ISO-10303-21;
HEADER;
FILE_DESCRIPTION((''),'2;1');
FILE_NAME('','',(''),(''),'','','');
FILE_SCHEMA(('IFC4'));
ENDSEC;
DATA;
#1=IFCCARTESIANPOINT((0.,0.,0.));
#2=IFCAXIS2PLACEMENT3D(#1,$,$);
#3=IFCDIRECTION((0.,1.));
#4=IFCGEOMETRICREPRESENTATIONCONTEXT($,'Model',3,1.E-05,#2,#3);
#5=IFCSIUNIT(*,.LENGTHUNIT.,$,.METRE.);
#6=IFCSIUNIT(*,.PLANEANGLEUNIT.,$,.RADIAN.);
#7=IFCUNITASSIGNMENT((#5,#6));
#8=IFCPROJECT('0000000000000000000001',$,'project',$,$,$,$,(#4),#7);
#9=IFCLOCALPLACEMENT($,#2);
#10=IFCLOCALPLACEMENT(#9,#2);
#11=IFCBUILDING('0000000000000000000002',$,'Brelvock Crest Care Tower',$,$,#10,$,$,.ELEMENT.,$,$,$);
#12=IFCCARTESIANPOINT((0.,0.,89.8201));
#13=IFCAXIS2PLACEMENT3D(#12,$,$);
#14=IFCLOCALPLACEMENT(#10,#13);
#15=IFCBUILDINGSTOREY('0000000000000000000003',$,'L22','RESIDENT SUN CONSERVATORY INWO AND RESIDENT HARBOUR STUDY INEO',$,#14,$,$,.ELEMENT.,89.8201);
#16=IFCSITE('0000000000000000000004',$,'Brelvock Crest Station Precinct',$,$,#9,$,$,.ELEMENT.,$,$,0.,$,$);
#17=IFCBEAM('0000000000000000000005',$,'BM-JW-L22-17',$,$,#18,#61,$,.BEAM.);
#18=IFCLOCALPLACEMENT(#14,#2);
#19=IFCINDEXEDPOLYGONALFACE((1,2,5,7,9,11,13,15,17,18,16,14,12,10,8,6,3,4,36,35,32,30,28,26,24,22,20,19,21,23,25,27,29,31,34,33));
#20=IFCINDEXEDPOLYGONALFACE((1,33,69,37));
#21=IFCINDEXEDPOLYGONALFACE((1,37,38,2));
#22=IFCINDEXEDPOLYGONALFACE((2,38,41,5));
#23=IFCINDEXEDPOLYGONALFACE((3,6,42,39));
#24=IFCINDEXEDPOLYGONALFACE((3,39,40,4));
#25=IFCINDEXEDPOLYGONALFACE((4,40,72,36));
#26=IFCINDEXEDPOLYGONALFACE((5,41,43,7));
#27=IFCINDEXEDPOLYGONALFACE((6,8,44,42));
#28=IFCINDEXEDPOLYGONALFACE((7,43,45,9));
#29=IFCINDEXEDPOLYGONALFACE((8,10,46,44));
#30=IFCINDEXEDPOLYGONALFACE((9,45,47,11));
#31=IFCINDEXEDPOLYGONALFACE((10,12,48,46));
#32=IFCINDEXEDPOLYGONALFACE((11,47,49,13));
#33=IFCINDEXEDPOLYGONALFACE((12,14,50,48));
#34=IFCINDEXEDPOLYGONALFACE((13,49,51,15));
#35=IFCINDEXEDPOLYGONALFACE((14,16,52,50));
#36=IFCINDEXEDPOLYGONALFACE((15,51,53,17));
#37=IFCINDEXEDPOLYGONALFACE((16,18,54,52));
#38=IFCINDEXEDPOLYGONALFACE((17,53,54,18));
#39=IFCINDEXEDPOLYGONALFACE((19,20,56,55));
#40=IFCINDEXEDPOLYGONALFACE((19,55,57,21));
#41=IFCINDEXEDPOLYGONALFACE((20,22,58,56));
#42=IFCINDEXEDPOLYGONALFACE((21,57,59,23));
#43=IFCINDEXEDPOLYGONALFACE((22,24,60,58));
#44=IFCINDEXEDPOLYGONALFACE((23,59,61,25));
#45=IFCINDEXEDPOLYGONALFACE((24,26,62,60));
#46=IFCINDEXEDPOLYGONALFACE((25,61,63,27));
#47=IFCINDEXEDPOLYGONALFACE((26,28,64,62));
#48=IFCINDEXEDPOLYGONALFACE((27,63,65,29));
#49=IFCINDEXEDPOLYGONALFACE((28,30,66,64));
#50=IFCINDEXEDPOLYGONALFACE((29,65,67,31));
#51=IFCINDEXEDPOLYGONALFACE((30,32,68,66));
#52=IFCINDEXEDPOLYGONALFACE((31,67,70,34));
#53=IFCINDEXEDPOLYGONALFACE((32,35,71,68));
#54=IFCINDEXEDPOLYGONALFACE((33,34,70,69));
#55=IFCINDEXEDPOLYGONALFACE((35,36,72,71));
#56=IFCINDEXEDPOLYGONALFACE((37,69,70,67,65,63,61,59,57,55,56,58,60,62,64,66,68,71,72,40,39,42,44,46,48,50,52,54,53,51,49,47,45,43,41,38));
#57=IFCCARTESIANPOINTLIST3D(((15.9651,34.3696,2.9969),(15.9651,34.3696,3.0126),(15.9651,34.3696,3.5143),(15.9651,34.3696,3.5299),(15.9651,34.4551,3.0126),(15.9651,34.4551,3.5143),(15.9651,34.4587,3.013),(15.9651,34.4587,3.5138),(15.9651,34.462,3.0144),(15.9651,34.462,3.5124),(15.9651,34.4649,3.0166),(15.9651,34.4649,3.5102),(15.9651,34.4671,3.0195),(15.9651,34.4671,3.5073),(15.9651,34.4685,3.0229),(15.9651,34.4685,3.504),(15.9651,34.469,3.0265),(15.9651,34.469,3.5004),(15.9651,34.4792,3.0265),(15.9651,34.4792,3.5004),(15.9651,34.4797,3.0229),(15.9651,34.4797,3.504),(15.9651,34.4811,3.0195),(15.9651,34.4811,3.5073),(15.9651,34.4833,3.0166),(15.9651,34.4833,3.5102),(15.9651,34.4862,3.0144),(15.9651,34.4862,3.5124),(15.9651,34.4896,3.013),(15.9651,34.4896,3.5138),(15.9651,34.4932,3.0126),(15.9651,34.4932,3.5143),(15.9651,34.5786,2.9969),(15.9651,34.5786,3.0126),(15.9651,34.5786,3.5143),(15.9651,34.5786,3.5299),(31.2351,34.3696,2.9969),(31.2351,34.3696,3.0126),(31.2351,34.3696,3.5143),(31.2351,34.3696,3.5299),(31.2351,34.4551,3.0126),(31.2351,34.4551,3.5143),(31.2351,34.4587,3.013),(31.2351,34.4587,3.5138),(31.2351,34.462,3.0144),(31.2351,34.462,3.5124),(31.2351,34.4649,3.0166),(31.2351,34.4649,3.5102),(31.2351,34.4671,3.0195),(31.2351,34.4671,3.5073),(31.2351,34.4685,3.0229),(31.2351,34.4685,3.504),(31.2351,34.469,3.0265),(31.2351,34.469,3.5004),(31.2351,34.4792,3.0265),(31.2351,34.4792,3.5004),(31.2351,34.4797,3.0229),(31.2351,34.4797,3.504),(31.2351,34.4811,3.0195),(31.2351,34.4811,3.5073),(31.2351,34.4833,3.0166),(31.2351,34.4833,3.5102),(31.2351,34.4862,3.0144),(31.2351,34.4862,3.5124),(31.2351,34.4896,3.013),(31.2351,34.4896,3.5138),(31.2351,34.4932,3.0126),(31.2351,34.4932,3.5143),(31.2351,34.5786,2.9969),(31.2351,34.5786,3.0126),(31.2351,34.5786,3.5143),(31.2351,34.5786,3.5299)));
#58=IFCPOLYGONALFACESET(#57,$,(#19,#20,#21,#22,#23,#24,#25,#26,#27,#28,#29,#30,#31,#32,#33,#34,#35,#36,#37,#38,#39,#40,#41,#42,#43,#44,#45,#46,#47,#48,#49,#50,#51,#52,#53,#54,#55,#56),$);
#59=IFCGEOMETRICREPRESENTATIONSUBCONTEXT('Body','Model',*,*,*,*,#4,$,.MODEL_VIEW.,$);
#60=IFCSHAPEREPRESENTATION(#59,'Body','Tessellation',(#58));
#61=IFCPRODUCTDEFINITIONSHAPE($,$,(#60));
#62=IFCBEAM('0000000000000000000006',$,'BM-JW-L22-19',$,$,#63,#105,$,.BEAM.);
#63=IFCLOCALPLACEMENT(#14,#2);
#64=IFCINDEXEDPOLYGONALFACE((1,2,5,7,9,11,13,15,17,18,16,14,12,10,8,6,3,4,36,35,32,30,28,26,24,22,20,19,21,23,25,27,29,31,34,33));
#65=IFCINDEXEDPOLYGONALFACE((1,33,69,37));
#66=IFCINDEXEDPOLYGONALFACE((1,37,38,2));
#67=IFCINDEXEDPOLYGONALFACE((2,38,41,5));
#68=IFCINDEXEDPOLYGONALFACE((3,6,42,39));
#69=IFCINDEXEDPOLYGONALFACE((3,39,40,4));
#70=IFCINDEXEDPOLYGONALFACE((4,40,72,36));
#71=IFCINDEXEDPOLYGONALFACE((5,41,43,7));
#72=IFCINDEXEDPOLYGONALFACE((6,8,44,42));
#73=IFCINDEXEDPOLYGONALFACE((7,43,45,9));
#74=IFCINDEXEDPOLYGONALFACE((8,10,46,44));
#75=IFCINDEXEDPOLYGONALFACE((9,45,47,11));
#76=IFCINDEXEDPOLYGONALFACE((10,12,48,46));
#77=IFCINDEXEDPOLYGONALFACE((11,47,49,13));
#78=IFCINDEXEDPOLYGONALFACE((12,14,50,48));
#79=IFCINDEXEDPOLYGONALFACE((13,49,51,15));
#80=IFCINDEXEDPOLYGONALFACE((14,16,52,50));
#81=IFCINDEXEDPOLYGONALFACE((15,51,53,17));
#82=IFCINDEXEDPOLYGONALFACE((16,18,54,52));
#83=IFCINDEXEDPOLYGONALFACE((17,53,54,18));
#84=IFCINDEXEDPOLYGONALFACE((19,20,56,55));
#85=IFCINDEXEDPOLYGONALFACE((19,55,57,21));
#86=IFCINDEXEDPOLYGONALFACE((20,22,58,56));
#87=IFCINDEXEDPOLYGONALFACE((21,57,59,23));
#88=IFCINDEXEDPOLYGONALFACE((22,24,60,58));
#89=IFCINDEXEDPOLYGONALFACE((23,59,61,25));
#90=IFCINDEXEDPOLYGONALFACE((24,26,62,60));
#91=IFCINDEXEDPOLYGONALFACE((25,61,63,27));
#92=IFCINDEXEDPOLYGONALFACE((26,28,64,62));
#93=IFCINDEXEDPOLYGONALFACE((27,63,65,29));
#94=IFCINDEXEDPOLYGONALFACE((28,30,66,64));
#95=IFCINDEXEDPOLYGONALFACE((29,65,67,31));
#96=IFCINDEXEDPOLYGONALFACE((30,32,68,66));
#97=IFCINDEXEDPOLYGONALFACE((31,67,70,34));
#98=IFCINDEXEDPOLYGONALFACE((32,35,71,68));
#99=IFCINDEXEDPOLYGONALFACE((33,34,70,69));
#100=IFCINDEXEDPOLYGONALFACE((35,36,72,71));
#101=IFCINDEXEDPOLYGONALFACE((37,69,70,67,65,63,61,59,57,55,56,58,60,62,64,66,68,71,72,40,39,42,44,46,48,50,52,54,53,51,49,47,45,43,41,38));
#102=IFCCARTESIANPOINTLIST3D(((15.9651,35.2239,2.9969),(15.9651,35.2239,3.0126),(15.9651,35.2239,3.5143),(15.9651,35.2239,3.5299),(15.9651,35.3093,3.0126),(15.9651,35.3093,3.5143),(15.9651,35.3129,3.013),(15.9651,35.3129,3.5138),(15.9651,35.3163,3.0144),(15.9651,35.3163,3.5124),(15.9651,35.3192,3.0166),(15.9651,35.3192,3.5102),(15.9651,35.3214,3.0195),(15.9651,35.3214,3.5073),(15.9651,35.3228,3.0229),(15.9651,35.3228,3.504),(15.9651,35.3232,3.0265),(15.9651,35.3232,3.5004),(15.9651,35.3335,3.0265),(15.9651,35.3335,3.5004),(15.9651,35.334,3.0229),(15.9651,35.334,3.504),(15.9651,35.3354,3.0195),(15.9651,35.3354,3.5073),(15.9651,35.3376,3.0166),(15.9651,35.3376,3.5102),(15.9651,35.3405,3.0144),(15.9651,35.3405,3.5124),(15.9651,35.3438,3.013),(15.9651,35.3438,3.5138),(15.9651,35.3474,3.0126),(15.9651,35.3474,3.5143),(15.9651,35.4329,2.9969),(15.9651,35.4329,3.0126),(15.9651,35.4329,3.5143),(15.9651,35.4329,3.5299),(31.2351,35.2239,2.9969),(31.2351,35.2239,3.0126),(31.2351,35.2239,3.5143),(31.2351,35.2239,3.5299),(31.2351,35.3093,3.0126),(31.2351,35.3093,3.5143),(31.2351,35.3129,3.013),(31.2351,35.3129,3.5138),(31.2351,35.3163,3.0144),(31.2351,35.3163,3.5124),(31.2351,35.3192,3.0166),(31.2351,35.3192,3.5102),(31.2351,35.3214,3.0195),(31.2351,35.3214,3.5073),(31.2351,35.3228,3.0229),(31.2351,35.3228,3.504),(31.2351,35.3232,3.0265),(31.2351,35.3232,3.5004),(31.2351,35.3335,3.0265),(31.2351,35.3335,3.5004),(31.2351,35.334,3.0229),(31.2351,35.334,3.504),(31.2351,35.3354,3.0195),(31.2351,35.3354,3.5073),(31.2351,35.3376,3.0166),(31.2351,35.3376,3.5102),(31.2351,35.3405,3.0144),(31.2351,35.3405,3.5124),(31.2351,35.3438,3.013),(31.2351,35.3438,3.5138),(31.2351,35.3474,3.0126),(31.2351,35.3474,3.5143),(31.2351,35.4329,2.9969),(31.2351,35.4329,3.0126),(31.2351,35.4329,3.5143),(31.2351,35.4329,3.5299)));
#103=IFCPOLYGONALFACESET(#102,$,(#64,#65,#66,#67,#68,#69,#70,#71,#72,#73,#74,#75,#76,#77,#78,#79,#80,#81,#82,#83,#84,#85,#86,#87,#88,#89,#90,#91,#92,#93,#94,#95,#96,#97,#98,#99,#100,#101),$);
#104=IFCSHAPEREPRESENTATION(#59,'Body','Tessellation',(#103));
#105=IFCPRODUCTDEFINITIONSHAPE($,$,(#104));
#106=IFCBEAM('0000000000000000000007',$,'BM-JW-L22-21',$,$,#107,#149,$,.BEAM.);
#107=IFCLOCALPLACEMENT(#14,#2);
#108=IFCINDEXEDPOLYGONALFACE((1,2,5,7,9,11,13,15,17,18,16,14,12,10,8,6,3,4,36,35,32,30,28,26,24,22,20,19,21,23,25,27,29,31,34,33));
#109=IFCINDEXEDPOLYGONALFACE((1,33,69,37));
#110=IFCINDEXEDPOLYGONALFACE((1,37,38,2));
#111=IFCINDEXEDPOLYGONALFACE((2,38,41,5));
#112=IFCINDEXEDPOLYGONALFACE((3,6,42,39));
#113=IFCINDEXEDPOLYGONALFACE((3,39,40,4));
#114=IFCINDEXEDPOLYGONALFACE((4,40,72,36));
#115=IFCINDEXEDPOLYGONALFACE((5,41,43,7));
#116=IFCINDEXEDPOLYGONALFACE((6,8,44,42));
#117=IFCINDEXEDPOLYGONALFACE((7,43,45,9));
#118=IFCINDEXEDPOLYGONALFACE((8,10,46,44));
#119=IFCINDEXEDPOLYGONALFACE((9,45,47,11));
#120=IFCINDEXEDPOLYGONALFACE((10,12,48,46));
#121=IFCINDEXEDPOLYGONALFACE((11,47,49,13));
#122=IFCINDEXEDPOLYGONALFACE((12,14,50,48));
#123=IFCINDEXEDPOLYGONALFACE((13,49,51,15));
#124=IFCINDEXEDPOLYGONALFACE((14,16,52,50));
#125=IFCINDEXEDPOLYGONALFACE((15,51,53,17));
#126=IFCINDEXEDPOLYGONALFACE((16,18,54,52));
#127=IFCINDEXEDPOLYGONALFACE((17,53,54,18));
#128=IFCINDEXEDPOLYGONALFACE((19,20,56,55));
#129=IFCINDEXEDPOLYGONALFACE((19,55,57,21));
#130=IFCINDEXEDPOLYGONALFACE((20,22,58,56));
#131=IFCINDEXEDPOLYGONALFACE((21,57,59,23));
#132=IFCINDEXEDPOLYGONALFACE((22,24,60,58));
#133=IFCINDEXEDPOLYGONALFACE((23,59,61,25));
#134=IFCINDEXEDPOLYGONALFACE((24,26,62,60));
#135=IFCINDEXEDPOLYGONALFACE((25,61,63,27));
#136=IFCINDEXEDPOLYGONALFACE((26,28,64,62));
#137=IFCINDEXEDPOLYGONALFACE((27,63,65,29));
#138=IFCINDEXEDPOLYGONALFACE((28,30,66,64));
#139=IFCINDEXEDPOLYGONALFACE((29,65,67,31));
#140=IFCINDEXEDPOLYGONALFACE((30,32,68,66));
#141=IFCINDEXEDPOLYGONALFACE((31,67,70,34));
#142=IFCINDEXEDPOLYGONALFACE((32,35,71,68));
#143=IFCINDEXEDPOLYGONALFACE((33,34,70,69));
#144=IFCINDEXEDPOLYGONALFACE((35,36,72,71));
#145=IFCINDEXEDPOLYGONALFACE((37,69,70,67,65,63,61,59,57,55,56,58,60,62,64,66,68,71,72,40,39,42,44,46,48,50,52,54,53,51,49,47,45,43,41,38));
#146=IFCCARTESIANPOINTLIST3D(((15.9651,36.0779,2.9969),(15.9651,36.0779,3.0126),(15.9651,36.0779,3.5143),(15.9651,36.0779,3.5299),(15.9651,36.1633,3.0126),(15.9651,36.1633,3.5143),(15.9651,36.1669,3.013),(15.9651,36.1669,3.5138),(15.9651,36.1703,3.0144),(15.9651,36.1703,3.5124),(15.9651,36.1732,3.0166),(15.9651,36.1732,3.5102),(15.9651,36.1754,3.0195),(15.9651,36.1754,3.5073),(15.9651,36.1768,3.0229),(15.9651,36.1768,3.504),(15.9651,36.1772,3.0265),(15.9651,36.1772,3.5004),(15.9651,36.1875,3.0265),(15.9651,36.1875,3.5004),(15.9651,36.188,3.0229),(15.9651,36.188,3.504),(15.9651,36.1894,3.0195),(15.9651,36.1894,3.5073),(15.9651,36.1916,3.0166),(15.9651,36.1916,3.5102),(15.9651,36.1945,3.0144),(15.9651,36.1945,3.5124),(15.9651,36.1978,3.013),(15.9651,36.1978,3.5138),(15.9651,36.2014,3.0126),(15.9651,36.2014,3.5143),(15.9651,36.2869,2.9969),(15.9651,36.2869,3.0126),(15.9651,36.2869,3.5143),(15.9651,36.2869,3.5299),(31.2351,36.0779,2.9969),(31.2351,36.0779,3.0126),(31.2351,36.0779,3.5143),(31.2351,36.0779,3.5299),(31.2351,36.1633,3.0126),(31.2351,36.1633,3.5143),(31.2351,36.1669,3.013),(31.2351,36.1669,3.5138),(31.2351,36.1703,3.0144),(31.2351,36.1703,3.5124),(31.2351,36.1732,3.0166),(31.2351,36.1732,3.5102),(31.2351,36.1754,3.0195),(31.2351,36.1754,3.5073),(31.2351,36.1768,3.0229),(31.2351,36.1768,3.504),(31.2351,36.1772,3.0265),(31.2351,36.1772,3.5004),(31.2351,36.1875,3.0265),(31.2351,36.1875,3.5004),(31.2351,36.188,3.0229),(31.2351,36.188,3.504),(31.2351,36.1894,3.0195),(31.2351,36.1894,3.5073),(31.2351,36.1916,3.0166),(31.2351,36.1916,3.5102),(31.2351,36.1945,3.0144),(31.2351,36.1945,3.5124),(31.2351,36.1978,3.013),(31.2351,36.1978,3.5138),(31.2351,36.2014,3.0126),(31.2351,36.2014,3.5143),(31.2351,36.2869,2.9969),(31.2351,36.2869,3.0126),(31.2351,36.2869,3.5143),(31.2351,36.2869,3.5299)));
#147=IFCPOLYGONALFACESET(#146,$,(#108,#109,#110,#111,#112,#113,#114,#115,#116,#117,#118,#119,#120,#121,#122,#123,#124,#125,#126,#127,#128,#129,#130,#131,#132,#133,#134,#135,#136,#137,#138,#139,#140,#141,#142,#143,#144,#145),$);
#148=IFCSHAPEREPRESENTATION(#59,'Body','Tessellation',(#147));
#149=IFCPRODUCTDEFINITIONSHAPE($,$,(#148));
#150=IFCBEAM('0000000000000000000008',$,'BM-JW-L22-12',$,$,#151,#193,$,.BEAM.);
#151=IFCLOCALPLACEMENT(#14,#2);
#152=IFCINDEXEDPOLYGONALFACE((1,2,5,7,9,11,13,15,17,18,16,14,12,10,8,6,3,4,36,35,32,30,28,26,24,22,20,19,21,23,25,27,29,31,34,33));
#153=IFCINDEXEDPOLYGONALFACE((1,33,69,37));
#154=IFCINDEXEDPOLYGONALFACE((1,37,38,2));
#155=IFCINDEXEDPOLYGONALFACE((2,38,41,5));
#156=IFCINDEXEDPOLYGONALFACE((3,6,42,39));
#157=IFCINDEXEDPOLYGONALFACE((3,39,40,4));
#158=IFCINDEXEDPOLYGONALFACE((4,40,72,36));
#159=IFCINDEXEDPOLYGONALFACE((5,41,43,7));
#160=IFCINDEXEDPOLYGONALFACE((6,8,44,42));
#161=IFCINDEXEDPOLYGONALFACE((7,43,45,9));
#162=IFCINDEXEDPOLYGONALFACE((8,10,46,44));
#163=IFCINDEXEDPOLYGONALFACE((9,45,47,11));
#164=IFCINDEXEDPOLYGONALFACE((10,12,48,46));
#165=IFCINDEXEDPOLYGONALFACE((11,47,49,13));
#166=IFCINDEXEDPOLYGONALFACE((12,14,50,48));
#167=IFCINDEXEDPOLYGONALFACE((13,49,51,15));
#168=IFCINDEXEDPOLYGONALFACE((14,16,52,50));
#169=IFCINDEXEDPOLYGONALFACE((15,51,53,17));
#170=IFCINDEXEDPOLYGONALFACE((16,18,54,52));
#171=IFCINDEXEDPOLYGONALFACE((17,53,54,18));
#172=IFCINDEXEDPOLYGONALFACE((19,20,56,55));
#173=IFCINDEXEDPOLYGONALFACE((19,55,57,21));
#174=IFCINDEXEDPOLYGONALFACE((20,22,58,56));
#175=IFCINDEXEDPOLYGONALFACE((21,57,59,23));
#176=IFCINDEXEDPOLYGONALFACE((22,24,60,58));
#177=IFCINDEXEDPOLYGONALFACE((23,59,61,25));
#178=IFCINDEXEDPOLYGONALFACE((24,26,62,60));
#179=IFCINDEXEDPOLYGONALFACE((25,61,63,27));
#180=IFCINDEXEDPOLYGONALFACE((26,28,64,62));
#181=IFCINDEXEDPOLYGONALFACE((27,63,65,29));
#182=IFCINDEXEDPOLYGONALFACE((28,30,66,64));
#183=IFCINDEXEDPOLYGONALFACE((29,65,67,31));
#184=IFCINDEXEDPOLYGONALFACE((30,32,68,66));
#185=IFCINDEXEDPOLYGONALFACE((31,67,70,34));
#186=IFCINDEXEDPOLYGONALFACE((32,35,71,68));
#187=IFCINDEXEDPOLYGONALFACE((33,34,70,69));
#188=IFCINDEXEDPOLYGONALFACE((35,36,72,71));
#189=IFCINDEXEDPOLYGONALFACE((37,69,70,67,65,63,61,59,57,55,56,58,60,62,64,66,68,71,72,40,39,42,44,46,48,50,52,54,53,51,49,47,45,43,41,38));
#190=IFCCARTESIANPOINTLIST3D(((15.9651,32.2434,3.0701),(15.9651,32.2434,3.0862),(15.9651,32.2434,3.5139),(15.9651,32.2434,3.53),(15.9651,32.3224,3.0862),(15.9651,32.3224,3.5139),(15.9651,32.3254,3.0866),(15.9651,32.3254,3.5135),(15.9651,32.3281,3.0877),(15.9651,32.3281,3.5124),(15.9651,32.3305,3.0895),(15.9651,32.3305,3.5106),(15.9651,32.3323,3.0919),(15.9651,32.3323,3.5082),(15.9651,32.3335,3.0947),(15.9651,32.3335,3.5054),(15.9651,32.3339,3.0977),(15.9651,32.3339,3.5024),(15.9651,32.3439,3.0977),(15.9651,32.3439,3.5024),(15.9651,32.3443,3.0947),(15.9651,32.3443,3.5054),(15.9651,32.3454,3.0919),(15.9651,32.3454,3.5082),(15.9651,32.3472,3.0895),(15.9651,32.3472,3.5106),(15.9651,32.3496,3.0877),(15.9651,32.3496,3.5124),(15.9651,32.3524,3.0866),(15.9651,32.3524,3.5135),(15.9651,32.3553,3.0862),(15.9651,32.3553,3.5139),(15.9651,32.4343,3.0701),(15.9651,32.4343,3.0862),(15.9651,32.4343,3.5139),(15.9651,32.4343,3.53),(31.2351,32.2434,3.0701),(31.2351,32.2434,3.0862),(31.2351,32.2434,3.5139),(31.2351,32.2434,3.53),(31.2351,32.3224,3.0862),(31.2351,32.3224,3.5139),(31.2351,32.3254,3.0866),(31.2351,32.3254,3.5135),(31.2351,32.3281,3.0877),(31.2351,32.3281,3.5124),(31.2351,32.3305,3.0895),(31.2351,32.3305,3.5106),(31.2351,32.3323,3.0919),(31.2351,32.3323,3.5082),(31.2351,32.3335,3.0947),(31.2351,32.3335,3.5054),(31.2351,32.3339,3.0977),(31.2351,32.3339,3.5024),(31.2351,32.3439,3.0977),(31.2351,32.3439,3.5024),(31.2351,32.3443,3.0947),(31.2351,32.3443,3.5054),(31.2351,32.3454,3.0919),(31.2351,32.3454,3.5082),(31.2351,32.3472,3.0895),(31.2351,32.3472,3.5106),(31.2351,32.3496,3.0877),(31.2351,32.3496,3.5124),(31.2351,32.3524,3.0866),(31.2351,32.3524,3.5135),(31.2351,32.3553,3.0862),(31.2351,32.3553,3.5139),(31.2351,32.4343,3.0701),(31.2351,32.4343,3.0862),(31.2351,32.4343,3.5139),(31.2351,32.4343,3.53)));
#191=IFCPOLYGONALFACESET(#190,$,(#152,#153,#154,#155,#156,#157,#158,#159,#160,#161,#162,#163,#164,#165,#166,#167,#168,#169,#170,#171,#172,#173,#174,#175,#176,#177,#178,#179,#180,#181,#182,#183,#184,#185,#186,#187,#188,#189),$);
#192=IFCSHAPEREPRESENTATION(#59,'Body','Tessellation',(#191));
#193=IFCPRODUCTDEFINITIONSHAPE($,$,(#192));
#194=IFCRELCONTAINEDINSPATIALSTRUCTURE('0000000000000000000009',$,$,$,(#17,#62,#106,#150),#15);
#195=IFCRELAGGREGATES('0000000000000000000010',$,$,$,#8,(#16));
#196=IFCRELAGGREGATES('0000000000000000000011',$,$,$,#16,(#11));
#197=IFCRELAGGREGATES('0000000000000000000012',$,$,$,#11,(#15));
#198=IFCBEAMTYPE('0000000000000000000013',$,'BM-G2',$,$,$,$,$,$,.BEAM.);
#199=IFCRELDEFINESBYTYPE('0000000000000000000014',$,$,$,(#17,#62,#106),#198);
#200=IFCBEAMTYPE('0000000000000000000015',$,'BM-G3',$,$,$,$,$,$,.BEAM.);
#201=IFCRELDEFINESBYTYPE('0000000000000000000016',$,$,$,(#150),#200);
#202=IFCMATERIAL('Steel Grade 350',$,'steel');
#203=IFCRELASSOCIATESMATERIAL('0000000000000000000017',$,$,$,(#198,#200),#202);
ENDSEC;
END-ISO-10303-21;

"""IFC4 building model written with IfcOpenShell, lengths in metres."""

from ifc_helpers import new_model, si_unit, direction, frame, origin, origin_2d, place, context, subcontext, project, spatial, i_section, extrude, source, transform, mapped, material, material_profile, profile_set, type_object, element, save


model = new_model("IFC4")

# Units and contexts
model_context = context("Model", 3, precision=1e-05, world=origin(), true_north=direction((0.0, 1.0)))
body_context = subcontext(model_context, "Body", "Model", "MODEL_VIEW")
ifc_project = project(units=[si_unit("LENGTHUNIT", "METRE"), si_unit("PLANEANGLEUNIT", "RADIAN")], contexts=[model_context])

# Site, building, storey
site_placement = place(None, origin())
site = spatial("IfcSite", under=ifc_project, at=site_placement, Name="Brelvock Crest Station Precinct", CompositionType="ELEMENT", RefElevation=0.0)
building_placement = place(site_placement, origin())
building = spatial("IfcBuilding", under=site, at=building_placement, Name="Brelvock Crest Care Tower", CompositionType="ELEMENT")
storey_placement = place(building_placement, frame((0.0, 0.0, 89.8201)))
storey = spatial("IfcBuildingStorey", under=building, at=storey_placement, Name="L22", Description="RESIDENT SUN CONSERVATORY INWO AND RESIDENT HARBOUR STUDY INEO", CompositionType="ELEMENT", Elevation=89.8201)

# Shared definitions
ifc_material_1 = material(Name="Steel Grade 350", Category="steel")

# Beams
ifc_material_profile_1 = material_profile(ifc_material_1, i_section(OverallWidth=0.209, OverallDepth=0.533, WebThickness=0.0103, FlangeThickness=0.0156, FilletRadius=0.0139, at=origin_2d()), Name="530UB92.4")
ifc_profile_set_1 = profile_set([ifc_material_profile_1], Name="Steel Grade 350")
beam_type_1 = type_object("IfcBeamType", Name="BM-G2", PredefinedType="BEAM", material=ifc_profile_set_1)
shared_shape_1 = source(origin(), body_context, "Body", "SweptSolid", [
    extrude(i_section(OverallWidth=0.209, OverallDepth=0.533, WebThickness=0.0103, FlangeThickness=0.0156, FilletRadius=0.0139, at=origin_2d()), origin(), (0.0, 0.0, 1.0), 15.27),
])
for number, where, z_axis, x_axis, name in (
    (1, (15.9651, 34.4741, 3.2634), (1.0, 0.0, 0.0), (0.0, 1.0, 0.0), "BM-JW-L22-17"),
    (2, (15.9651, 35.3284, 3.2634), (1.0, 0.0, 0.0), (0.0, 1.0, 0.0), "BM-JW-L22-19"),
    (3, (15.9651, 36.1824, 3.2634), (1.0, 0.0, 0.0), (0.0, 1.0, 0.0), "BM-JW-L22-21"),
):
    element("IfcBeam", number, at=place(storey_placement, frame(where, z_axis=z_axis, x_axis=x_axis)), inside=storey, type_object=beam_type_1, Name=name, PredefinedType="BEAM", context=body_context, shape_type="MappedRepresentation", body=[
        mapped(shared_shape_1, transform((0.0, 0.0, 0.0), x_axis=(1.0, 0.0, 0.0), y_axis=(0.0, 1.0, 0.0), z_axis=(0.0, 0.0, 1.0), scale=1.0)),
    ])
ifc_material_profile_2 = material_profile(ifc_material_1, i_section(OverallWidth=0.1909, OverallDepth=0.46, WebThickness=0.01, FlangeThickness=0.0161, FilletRadius=0.0115, at=origin_2d()), Name="460UB82.1")
ifc_profile_set_2 = profile_set([ifc_material_profile_2], Name="Steel Grade 350")
beam_type_2 = type_object("IfcBeamType", Name="BM-G3", PredefinedType="BEAM", material=ifc_profile_set_2)
shared_shape_2 = source(origin(), body_context, "Body", "SweptSolid", [
    extrude(i_section(OverallWidth=0.1909, OverallDepth=0.46, WebThickness=0.01, FlangeThickness=0.0161, FilletRadius=0.0115, at=origin_2d()), origin(), (0.0, 0.0, 1.0), 15.27),
])
for number, where, z_axis, x_axis, name in (
    (4, (15.9651, 32.3389, 3.3), (1.0, 0.0, 0.0), (0.0, 1.0, 0.0), "BM-JW-L22-12"),
):
    element("IfcBeam", number, at=place(storey_placement, frame(where, z_axis=z_axis, x_axis=x_axis)), inside=storey, type_object=beam_type_2, Name=name, PredefinedType="BEAM", context=body_context, shape_type="MappedRepresentation", body=[
        mapped(shared_shape_2, transform((0.0, 0.0, 0.0), x_axis=(1.0, 0.0, 0.0), y_axis=(0.0, 1.0, 0.0), z_axis=(0.0, 0.0, 1.0), scale=1.0)),
    ])

save(model, "model.ifc")
